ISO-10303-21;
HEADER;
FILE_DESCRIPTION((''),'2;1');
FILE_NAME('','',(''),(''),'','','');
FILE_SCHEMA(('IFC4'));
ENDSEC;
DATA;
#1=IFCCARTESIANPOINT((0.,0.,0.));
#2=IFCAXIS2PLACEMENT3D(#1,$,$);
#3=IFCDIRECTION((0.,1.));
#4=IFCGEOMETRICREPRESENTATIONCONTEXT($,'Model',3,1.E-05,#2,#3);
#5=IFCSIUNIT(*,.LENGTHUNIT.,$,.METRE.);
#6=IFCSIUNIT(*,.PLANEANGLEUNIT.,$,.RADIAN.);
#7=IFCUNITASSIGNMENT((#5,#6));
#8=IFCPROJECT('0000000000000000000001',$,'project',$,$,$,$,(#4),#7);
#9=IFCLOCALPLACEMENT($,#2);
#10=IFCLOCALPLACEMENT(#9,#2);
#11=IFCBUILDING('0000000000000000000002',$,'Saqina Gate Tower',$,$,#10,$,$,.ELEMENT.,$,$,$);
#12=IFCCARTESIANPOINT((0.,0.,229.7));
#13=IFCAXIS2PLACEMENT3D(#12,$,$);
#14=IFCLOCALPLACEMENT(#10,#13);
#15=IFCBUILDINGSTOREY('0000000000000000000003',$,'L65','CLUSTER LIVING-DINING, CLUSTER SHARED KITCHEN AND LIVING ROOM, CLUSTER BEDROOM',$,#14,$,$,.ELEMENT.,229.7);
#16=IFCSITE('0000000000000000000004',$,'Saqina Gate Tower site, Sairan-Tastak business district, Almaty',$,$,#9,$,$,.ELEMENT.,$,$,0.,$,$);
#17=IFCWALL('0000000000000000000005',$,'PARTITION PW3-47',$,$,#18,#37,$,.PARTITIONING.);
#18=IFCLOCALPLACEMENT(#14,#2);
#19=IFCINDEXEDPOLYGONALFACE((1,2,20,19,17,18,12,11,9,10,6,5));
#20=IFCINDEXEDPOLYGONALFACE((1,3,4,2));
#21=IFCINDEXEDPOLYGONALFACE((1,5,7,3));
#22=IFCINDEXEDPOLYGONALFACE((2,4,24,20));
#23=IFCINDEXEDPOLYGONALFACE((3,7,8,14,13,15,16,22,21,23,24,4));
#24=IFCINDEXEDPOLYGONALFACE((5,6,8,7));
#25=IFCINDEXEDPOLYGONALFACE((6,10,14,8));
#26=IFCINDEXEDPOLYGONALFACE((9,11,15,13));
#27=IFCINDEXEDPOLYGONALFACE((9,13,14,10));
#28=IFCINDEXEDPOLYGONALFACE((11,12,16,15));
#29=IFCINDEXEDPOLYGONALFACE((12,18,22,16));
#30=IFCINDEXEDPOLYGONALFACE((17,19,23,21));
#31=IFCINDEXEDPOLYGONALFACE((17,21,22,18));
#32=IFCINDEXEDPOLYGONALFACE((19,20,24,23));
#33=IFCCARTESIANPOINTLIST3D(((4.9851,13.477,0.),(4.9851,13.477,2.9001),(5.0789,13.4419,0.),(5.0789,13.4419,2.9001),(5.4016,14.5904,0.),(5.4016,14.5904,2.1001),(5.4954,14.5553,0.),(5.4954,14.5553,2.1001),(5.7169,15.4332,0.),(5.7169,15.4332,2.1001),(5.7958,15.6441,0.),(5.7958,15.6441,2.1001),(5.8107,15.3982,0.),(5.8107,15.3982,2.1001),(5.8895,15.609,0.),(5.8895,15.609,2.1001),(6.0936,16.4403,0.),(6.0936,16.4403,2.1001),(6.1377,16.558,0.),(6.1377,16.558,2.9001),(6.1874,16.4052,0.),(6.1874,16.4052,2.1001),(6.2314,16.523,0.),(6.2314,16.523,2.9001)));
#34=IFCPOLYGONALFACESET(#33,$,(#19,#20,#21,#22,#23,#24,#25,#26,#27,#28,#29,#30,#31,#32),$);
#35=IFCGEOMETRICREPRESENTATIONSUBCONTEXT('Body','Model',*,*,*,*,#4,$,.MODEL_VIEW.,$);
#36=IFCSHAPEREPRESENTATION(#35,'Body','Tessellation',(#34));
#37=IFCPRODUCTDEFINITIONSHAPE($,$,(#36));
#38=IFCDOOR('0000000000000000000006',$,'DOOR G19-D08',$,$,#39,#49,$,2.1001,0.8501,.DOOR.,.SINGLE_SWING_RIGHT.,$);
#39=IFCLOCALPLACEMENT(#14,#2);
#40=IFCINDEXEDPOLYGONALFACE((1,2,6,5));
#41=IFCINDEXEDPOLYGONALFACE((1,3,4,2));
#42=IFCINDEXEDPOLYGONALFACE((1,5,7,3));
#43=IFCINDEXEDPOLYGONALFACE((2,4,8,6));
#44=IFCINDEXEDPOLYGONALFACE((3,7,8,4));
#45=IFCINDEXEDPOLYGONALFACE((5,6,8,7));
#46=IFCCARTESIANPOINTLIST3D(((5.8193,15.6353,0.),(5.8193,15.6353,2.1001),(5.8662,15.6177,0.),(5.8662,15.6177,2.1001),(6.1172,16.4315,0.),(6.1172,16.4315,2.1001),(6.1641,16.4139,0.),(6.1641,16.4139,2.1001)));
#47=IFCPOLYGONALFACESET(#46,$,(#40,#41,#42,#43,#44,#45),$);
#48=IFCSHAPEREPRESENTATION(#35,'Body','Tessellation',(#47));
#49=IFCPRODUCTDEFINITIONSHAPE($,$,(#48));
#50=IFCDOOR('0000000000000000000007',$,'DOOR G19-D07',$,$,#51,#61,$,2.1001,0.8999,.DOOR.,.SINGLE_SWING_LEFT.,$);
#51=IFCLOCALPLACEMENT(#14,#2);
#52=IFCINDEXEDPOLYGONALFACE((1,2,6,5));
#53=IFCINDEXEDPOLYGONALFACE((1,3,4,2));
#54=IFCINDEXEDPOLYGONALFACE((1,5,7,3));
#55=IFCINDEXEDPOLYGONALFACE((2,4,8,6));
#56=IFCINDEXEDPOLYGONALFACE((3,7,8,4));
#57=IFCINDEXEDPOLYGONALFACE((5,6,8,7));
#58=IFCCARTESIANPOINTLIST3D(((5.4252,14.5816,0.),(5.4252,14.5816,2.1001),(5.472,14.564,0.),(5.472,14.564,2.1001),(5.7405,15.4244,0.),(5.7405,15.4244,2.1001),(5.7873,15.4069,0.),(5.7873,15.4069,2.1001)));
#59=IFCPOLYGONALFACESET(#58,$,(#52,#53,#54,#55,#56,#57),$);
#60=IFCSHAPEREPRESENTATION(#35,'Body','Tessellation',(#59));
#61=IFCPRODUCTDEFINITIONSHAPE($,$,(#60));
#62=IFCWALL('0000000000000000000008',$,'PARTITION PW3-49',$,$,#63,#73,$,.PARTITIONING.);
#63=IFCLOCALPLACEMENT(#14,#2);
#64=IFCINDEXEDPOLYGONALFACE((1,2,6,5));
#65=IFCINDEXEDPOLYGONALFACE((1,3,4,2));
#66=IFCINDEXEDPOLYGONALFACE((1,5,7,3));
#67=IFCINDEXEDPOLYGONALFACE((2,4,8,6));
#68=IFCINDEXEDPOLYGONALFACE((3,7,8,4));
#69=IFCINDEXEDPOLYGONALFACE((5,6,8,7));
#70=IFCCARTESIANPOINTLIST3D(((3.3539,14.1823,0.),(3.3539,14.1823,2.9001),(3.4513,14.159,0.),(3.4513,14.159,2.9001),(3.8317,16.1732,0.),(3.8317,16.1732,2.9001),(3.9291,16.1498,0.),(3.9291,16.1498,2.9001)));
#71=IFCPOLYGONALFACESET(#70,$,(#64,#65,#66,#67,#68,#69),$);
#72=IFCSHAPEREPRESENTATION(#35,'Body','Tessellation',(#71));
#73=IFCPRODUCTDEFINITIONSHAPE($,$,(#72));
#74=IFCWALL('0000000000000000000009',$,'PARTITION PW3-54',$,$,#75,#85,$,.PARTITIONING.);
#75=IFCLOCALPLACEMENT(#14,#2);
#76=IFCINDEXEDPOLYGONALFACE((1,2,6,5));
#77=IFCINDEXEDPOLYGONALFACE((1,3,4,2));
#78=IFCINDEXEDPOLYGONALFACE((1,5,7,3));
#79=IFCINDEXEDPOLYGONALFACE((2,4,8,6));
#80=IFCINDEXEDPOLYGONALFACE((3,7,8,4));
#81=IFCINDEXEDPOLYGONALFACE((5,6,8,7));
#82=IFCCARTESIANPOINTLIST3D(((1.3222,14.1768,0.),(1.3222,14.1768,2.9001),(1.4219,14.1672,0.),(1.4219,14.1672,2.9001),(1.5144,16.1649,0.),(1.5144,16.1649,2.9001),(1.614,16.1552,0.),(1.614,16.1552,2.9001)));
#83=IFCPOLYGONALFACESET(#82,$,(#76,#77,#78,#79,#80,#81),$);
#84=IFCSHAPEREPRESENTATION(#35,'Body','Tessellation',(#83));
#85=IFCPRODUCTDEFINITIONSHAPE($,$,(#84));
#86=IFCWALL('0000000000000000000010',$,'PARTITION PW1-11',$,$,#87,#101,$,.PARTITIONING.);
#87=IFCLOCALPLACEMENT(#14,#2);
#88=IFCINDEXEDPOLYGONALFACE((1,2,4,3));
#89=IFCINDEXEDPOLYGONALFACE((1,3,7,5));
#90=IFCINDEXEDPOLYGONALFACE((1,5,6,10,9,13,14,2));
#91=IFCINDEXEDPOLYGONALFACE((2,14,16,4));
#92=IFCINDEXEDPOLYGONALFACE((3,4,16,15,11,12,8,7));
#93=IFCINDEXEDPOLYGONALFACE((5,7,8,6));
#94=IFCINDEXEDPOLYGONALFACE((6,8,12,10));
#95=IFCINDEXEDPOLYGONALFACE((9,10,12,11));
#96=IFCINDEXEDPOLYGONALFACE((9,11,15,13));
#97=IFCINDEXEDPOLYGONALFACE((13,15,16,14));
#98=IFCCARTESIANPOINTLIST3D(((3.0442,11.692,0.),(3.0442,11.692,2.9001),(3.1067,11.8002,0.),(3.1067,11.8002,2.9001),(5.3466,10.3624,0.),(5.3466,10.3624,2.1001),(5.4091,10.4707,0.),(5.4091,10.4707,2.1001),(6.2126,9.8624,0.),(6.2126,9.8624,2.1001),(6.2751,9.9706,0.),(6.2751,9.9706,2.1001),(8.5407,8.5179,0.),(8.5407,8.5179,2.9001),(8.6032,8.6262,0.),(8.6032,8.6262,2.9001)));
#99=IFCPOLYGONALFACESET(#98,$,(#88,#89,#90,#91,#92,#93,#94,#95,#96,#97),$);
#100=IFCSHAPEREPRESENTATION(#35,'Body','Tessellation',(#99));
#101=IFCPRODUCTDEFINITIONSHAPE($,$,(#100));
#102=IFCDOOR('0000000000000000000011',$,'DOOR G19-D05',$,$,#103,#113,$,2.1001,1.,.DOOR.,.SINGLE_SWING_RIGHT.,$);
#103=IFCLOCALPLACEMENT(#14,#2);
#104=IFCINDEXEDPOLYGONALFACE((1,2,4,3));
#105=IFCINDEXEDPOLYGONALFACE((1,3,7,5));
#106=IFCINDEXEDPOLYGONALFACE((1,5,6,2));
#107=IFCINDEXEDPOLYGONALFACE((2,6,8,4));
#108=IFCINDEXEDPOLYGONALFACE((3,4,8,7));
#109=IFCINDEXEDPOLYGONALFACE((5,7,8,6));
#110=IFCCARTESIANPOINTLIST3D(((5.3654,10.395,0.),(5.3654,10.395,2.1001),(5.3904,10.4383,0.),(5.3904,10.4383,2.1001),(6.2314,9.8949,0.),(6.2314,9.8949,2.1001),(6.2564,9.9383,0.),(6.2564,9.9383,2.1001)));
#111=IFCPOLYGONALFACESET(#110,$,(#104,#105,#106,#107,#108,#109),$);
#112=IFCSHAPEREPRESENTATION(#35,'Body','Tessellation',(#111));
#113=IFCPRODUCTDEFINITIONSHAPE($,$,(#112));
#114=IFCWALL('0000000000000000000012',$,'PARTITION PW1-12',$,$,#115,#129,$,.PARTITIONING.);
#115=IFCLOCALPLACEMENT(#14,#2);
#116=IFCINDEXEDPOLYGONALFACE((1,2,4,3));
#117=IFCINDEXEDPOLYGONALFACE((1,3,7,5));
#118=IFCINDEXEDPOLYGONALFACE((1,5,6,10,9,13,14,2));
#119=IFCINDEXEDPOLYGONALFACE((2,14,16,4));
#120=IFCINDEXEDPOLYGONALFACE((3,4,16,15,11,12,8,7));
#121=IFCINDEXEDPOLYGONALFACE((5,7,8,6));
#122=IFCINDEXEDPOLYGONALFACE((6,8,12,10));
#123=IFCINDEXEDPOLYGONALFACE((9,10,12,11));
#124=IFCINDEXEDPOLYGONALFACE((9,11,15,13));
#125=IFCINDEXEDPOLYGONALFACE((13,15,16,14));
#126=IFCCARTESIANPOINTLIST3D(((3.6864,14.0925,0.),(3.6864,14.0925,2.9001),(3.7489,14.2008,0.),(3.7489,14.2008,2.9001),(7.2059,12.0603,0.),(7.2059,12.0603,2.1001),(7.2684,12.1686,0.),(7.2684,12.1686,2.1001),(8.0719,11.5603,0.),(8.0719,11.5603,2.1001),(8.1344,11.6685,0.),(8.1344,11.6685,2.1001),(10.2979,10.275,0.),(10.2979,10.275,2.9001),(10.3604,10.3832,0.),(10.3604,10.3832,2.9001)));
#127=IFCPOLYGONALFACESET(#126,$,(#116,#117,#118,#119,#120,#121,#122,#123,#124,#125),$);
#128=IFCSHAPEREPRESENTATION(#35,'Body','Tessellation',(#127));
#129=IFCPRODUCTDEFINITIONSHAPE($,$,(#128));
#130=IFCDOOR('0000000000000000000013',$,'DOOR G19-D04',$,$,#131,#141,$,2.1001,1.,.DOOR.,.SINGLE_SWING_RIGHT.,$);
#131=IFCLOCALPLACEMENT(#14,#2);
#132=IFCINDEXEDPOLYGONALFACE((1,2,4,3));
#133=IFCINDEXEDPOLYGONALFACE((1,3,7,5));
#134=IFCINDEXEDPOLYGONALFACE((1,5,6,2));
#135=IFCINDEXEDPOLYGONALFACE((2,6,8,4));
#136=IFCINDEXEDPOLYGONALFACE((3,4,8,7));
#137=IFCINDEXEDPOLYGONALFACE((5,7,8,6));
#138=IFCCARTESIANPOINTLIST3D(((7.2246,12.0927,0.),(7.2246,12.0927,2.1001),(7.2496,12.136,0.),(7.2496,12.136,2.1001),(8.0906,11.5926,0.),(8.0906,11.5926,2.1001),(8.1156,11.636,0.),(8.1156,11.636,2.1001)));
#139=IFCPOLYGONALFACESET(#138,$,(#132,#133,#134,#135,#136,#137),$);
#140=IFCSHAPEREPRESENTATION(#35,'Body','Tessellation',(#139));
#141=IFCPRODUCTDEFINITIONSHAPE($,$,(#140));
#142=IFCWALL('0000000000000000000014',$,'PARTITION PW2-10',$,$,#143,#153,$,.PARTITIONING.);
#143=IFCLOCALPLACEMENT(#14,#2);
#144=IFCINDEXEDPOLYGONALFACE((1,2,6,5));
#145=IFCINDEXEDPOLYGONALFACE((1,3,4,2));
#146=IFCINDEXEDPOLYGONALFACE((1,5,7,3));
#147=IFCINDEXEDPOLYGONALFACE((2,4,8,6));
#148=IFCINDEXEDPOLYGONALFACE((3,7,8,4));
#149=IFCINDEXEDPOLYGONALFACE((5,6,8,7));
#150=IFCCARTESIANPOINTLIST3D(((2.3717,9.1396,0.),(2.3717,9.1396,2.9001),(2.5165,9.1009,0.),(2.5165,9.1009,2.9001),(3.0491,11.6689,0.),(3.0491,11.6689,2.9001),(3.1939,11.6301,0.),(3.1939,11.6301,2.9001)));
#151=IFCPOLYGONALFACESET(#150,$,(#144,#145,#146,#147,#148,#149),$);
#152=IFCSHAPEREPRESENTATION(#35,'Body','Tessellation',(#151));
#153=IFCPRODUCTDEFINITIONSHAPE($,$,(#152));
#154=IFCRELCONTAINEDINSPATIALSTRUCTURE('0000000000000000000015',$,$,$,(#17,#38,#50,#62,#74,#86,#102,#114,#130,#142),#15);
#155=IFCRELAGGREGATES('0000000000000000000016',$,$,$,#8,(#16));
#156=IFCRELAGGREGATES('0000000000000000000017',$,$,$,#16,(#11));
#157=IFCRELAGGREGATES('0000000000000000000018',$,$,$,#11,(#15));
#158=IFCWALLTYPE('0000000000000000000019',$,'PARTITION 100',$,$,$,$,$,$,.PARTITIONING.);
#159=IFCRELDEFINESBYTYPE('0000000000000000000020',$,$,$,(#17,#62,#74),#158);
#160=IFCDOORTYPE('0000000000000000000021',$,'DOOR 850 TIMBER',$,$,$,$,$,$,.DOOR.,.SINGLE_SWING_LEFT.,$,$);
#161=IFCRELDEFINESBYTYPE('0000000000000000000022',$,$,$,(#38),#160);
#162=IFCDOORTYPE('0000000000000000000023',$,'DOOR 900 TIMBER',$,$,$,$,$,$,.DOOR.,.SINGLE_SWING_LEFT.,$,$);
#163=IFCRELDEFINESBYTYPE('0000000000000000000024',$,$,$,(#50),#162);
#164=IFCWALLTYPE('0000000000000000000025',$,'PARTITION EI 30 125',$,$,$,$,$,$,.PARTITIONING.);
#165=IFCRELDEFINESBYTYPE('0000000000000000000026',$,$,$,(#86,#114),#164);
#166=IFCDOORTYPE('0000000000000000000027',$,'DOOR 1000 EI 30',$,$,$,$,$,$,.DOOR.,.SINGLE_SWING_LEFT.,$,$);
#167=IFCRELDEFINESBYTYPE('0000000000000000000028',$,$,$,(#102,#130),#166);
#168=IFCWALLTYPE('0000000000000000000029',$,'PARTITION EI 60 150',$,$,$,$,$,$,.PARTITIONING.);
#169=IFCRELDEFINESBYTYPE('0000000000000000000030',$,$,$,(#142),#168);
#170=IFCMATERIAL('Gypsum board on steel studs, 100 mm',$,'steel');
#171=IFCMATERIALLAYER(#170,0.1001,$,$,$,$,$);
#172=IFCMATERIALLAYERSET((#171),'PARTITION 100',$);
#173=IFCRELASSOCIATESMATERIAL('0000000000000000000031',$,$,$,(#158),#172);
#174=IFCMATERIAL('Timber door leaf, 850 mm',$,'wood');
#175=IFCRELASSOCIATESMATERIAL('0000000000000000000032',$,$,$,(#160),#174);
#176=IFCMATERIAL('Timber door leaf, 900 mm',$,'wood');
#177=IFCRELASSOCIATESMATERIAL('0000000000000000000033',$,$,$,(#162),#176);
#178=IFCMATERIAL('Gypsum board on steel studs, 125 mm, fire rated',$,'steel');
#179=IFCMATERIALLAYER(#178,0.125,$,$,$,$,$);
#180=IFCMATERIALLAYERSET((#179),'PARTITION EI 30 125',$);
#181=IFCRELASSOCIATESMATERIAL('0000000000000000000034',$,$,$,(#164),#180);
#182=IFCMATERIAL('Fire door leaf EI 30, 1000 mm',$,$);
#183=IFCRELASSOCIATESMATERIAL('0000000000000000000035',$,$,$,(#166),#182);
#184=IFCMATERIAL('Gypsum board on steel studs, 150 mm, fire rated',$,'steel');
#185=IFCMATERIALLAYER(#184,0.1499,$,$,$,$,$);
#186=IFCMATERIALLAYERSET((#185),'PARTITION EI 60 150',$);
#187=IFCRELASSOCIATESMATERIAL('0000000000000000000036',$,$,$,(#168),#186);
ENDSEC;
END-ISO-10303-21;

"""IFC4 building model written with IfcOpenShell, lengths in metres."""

from ifc_helpers import new_model, si_unit, direction, frame, frame_2d, origin, place, context, subcontext, project, spatial, rectangle, extrude, material, layer, layer_set, type_object, element, fill, save


model = new_model("IFC4")

# Units and contexts
model_context = context("Model", 3, precision=1e-05, world=origin(), true_north=direction((0.0, 1.0)))
body_context = subcontext(model_context, "Body", "Model", "MODEL_VIEW")
ifc_project = project(units=[si_unit("LENGTHUNIT", "METRE"), si_unit("PLANEANGLEUNIT", "RADIAN")], contexts=[model_context])

# Site, building, storey
site_placement = place(None, origin())
site = spatial("IfcSite", under=ifc_project, at=site_placement, Name="Saqina Gate Tower site, Sairan-Tastak business district, Almaty", CompositionType="ELEMENT", RefElevation=0.0)
building_placement = place(site_placement, origin())
building = spatial("IfcBuilding", under=site, at=building_placement, Name="Saqina Gate Tower", CompositionType="ELEMENT")
storey_placement = place(building_placement, frame((0.0, 0.0, 229.7)))
storey = spatial("IfcBuildingStorey", under=building, at=storey_placement, Name="L65", Description="CLUSTER LIVING-DINING, CLUSTER SHARED KITCHEN AND LIVING ROOM, CLUSTER BEDROOM", CompositionType="ELEMENT", Elevation=229.7)

# Shared definitions
ifc_material_1 = material(Name="Gypsum board on steel studs, 100 mm", Category="steel")
ifc_layer_1 = layer(ifc_material_1, 0.1001)
ifc_layer_set_1 = layer_set([ifc_layer_1], Name="PARTITION 100")
wall_type_1 = type_object("IfcWallType", Name="PARTITION 100", PredefinedType="PARTITIONING", material=ifc_layer_set_1)

# Wall, openings, doors
wall_1_placement = place(storey_placement, frame((5.032, 13.4595, 0.0), z_axis=(0.0, 0.0, 1.0), x_axis=(0.350375, 0.936609, 0.0)))
wall_1 = element("IfcWall", 1, at=wall_1_placement, inside=storey, type_object=wall_type_1, Name="PARTITION PW3-47", PredefinedType="PARTITIONING", context=body_context, shape_type="SweptSolid", body=[
    extrude(rectangle(XDim=3.2896, YDim=0.1001, at=frame_2d((1.6448, 0.0))), origin(), (0.0, 0.0, 1.0), 2.9001),
])
opening_1_placement = place(wall_1_placement, frame((1.1887, 0.0, 0.0)))
opening_1 = element("IfcOpeningElement", 2, at=opening_1_placement, cuts=wall_1, PredefinedType="OPENING", context=body_context, shape_type="SweptSolid", body=[
    extrude(rectangle(XDim=0.8999, YDim=2.1001, at=frame_2d((0.45, 1.05))), frame((0.0, 0.062, 0.0), z_axis=(0.0, -1.0, 0.0), x_axis=(1.0, 0.0, 0.0)), (0.0, 0.0, 1.0), 0.124),
])
opening_2_placement = place(wall_1_placement, frame((2.3137, 0.0, 0.0)))
opening_2 = element("IfcOpeningElement", 3, at=opening_2_placement, cuts=wall_1, PredefinedType="OPENING", context=body_context, shape_type="SweptSolid", body=[
    extrude(rectangle(XDim=0.8501, YDim=2.1001, at=frame_2d((0.425, 1.05))), frame((0.0, 0.062, 0.0), z_axis=(0.0, -1.0, 0.0), x_axis=(1.0, 0.0, 0.0)), (0.0, 0.0, 1.0), 0.124),
])
ifc_material_2 = material(Name="Timber door leaf, 850 mm", Category="wood")
door_type_1 = type_object("IfcDoorType", Name="DOOR 850 TIMBER", OperationType="SINGLE_SWING_LEFT", PredefinedType="DOOR", material=ifc_material_2)
door_1_placement = place(opening_2_placement, origin())
door_1 = element("IfcDoor", 4, at=door_1_placement, inside=storey, type_object=door_type_1, Name="DOOR G19-D08", OperationType="SINGLE_SWING_RIGHT", OverallHeight=2.1001, OverallWidth=0.8501, PredefinedType="DOOR", context=body_context, shape_type="SweptSolid", body=[
    extrude(rectangle(XDim=0.8501, YDim=2.1001, at=frame_2d((0.425, 1.05))), frame((0.0, 0.0249, 0.0), z_axis=(0.0, -1.0, 0.0), x_axis=(1.0, 0.0, 0.0)), (0.0, 0.0, 1.0), 0.05),
])
fill(opening_2, door_1)
ifc_material_3 = material(Name="Timber door leaf, 900 mm", Category="wood")
door_type_2 = type_object("IfcDoorType", Name="DOOR 900 TIMBER", OperationType="SINGLE_SWING_LEFT", PredefinedType="DOOR", material=ifc_material_3)
door_2_placement = place(opening_1_placement, origin())
door_2 = element("IfcDoor", 5, at=door_2_placement, inside=storey, type_object=door_type_2, Name="DOOR G19-D07", OperationType="SINGLE_SWING_LEFT", OverallHeight=2.1001, OverallWidth=0.8999, PredefinedType="DOOR", context=body_context, shape_type="SweptSolid", body=[
    extrude(rectangle(XDim=0.8999, YDim=2.1001, at=frame_2d((0.45, 1.05))), frame((0.0, 0.0249, 0.0), z_axis=(0.0, -1.0, 0.0), x_axis=(1.0, 0.0, 0.0)), (0.0, 0.0, 1.0), 0.05),
])
fill(opening_1, door_2)

# Walls
wall_2_placement = place(storey_placement, frame((3.4026, 14.1707, 0.0), z_axis=(0.0, 0.0, 1.0), x_axis=(0.233377, 0.972386, 0.0)))
element("IfcWall", 6, at=wall_2_placement, inside=storey, type_object=wall_type_1, Name="PARTITION PW3-49", PredefinedType="PARTITIONING", context=body_context, shape_type="SweptSolid", body=[
    extrude(rectangle(XDim=2.0474, YDim=0.1001, at=frame_2d((1.0237, 0.0))), origin(), (0.0, 0.0, 1.0), 2.9001),
])
wall_3_placement = place(storey_placement, frame((1.3721, 14.1721, 0.0), z_axis=(0.0, 0.0, 1.0), x_axis=(0.096199, 0.995362, 0.0)))
element("IfcWall", 7, at=wall_3_placement, inside=storey, type_object=wall_type_1, Name="PARTITION PW3-54", PredefinedType="PARTITIONING", context=body_context, shape_type="SweptSolid", body=[
    extrude(rectangle(XDim=1.9973, YDim=0.1001, at=frame_2d((0.9985, 0.0))), origin(), (0.0, 0.0, 1.0), 2.9001),
])

# Walls, openings, doors
ifc_material_4 = material(Name="Gypsum board on steel studs, 125 mm, fire rated", Category="steel")
ifc_layer_2 = layer(ifc_material_4, 0.125)
ifc_layer_set_2 = layer_set([ifc_layer_2], Name="PARTITION EI 30 125")
wall_type_2 = type_object("IfcWallType", Name="PARTITION EI 30 125", PredefinedType="PARTITIONING", material=ifc_layer_set_2)
wall_4_placement = place(storey_placement, frame((3.0754, 11.7461, 0.0), z_axis=(0.0, 0.0, 1.0), x_axis=(0.865983, -0.500073, 0.0)))
wall_4 = element("IfcWall", 8, at=wall_4_placement, inside=storey, type_object=wall_type_2, Name="PARTITION PW1-11", PredefinedType="PARTITIONING", context=body_context, shape_type="SweptSolid", body=[
    extrude(rectangle(XDim=6.3472, YDim=0.125, at=frame_2d((3.1736, 0.0))), origin(), (0.0, 0.0, 1.0), 2.9001),
])
opening_3_placement = place(wall_4_placement, frame((2.6587, 0.0, 0.0)))
opening_3 = element("IfcOpeningElement", 9, at=opening_3_placement, cuts=wall_4, PredefinedType="OPENING", context=body_context, shape_type="SweptSolid", body=[
    extrude(rectangle(XDim=1.0, YDim=2.1001, at=frame_2d((0.5, 1.05))), frame((0.0, 0.0745, 0.0), z_axis=(0.0, -1.0, 0.0), x_axis=(1.0, 0.0, 0.0)), (0.0, 0.0, 1.0), 0.1489),
])
ifc_material_5 = material(Name="Fire door leaf EI 30, 1000 mm")
door_type_3 = type_object("IfcDoorType", Name="DOOR 1000 EI 30", OperationType="SINGLE_SWING_LEFT", PredefinedType="DOOR", material=ifc_material_5)
door_3_placement = place(opening_3_placement, frame((1.0, 0.0, 0.0), z_axis=(0.0, 0.0, 1.0), x_axis=(-1.0, 0.0, 0.0)))
door_3 = element("IfcDoor", 10, at=door_3_placement, inside=storey, type_object=door_type_3, Name="DOOR G19-D05", OperationType="SINGLE_SWING_RIGHT", OverallHeight=2.1001, OverallWidth=1.0, PredefinedType="DOOR", context=body_context, shape_type="SweptSolid", body=[
    extrude(rectangle(XDim=1.0, YDim=2.1001, at=frame_2d((0.5, 1.05))), frame((0.0, 0.0249, 0.0), z_axis=(0.0, -1.0, 0.0), x_axis=(1.0, 0.0, 0.0)), (0.0, 0.0, 1.0), 0.05),
])
fill(opening_3, door_3)
wall_5_placement = place(storey_placement, frame((3.7175, 14.1467, 0.0), z_axis=(0.0, 0.0, 1.0), x_axis=(0.866001, -0.500043, 0.0)))
wall_5 = element("IfcWall", 11, at=wall_5_placement, inside=storey, type_object=wall_type_2, Name="PARTITION PW1-12", PredefinedType="PARTITIONING", context=body_context, shape_type="SweptSolid", body=[
    extrude(rectangle(XDim=7.6345, YDim=0.125, at=frame_2d((3.8174, 0.0))), origin(), (0.0, 0.0, 1.0), 2.9001),
])
opening_4_placement = place(wall_5_placement, frame((4.0642, 0.0, 0.0)))
opening_4 = element("IfcOpeningElement", 12, at=opening_4_placement, cuts=wall_5, PredefinedType="OPENING", context=body_context, shape_type="SweptSolid", body=[
    extrude(rectangle(XDim=1.0, YDim=2.1001, at=frame_2d((0.5, 1.05))), frame((0.0, 0.0745, 0.0), z_axis=(0.0, -1.0, 0.0), x_axis=(1.0, 0.0, 0.0)), (0.0, 0.0, 1.0), 0.1489),
])
door_4_placement = place(opening_4_placement, origin())
door_4 = element("IfcDoor", 13, at=door_4_placement, inside=storey, type_object=door_type_3, Name="DOOR G19-D04", OperationType="SINGLE_SWING_RIGHT", OverallHeight=2.1001, OverallWidth=1.0, PredefinedType="DOOR", context=body_context, shape_type="SweptSolid", body=[
    extrude(rectangle(XDim=1.0, YDim=2.1001, at=frame_2d((0.5, 1.05))), frame((0.0, 0.0249, 0.0), z_axis=(0.0, -1.0, 0.0), x_axis=(1.0, 0.0, 0.0)), (0.0, 0.0, 1.0), 0.05),
])
fill(opening_4, door_4)

# Wall
ifc_material_6 = material(Name="Gypsum board on steel studs, 150 mm, fire rated", Category="steel")
ifc_layer_3 = layer(ifc_material_6, 0.1499)
ifc_layer_set_3 = layer_set([ifc_layer_3], Name="PARTITION EI 60 150")
wall_type_3 = type_object("IfcWallType", Name="PARTITION EI 60 150", PredefinedType="PARTITIONING", material=ifc_layer_set_3)
wall_6_placement = place(storey_placement, frame((2.4441, 9.1204, 0.0), z_axis=(0.0, 0.0, 1.0), x_axis=(0.258736, 0.965948, 0.0)))
element("IfcWall", 14, at=wall_6_placement, inside=storey, type_object=wall_type_3, Name="PARTITION PW2-10", PredefinedType="PARTITIONING", context=body_context, shape_type="SweptSolid", body=[
    extrude(rectangle(XDim=2.6184, YDim=0.1499, at=frame_2d((1.3091, 0.0))), origin(), (0.0, 0.0, 1.0), 2.9001),
])

save(model, "model.ifc")
